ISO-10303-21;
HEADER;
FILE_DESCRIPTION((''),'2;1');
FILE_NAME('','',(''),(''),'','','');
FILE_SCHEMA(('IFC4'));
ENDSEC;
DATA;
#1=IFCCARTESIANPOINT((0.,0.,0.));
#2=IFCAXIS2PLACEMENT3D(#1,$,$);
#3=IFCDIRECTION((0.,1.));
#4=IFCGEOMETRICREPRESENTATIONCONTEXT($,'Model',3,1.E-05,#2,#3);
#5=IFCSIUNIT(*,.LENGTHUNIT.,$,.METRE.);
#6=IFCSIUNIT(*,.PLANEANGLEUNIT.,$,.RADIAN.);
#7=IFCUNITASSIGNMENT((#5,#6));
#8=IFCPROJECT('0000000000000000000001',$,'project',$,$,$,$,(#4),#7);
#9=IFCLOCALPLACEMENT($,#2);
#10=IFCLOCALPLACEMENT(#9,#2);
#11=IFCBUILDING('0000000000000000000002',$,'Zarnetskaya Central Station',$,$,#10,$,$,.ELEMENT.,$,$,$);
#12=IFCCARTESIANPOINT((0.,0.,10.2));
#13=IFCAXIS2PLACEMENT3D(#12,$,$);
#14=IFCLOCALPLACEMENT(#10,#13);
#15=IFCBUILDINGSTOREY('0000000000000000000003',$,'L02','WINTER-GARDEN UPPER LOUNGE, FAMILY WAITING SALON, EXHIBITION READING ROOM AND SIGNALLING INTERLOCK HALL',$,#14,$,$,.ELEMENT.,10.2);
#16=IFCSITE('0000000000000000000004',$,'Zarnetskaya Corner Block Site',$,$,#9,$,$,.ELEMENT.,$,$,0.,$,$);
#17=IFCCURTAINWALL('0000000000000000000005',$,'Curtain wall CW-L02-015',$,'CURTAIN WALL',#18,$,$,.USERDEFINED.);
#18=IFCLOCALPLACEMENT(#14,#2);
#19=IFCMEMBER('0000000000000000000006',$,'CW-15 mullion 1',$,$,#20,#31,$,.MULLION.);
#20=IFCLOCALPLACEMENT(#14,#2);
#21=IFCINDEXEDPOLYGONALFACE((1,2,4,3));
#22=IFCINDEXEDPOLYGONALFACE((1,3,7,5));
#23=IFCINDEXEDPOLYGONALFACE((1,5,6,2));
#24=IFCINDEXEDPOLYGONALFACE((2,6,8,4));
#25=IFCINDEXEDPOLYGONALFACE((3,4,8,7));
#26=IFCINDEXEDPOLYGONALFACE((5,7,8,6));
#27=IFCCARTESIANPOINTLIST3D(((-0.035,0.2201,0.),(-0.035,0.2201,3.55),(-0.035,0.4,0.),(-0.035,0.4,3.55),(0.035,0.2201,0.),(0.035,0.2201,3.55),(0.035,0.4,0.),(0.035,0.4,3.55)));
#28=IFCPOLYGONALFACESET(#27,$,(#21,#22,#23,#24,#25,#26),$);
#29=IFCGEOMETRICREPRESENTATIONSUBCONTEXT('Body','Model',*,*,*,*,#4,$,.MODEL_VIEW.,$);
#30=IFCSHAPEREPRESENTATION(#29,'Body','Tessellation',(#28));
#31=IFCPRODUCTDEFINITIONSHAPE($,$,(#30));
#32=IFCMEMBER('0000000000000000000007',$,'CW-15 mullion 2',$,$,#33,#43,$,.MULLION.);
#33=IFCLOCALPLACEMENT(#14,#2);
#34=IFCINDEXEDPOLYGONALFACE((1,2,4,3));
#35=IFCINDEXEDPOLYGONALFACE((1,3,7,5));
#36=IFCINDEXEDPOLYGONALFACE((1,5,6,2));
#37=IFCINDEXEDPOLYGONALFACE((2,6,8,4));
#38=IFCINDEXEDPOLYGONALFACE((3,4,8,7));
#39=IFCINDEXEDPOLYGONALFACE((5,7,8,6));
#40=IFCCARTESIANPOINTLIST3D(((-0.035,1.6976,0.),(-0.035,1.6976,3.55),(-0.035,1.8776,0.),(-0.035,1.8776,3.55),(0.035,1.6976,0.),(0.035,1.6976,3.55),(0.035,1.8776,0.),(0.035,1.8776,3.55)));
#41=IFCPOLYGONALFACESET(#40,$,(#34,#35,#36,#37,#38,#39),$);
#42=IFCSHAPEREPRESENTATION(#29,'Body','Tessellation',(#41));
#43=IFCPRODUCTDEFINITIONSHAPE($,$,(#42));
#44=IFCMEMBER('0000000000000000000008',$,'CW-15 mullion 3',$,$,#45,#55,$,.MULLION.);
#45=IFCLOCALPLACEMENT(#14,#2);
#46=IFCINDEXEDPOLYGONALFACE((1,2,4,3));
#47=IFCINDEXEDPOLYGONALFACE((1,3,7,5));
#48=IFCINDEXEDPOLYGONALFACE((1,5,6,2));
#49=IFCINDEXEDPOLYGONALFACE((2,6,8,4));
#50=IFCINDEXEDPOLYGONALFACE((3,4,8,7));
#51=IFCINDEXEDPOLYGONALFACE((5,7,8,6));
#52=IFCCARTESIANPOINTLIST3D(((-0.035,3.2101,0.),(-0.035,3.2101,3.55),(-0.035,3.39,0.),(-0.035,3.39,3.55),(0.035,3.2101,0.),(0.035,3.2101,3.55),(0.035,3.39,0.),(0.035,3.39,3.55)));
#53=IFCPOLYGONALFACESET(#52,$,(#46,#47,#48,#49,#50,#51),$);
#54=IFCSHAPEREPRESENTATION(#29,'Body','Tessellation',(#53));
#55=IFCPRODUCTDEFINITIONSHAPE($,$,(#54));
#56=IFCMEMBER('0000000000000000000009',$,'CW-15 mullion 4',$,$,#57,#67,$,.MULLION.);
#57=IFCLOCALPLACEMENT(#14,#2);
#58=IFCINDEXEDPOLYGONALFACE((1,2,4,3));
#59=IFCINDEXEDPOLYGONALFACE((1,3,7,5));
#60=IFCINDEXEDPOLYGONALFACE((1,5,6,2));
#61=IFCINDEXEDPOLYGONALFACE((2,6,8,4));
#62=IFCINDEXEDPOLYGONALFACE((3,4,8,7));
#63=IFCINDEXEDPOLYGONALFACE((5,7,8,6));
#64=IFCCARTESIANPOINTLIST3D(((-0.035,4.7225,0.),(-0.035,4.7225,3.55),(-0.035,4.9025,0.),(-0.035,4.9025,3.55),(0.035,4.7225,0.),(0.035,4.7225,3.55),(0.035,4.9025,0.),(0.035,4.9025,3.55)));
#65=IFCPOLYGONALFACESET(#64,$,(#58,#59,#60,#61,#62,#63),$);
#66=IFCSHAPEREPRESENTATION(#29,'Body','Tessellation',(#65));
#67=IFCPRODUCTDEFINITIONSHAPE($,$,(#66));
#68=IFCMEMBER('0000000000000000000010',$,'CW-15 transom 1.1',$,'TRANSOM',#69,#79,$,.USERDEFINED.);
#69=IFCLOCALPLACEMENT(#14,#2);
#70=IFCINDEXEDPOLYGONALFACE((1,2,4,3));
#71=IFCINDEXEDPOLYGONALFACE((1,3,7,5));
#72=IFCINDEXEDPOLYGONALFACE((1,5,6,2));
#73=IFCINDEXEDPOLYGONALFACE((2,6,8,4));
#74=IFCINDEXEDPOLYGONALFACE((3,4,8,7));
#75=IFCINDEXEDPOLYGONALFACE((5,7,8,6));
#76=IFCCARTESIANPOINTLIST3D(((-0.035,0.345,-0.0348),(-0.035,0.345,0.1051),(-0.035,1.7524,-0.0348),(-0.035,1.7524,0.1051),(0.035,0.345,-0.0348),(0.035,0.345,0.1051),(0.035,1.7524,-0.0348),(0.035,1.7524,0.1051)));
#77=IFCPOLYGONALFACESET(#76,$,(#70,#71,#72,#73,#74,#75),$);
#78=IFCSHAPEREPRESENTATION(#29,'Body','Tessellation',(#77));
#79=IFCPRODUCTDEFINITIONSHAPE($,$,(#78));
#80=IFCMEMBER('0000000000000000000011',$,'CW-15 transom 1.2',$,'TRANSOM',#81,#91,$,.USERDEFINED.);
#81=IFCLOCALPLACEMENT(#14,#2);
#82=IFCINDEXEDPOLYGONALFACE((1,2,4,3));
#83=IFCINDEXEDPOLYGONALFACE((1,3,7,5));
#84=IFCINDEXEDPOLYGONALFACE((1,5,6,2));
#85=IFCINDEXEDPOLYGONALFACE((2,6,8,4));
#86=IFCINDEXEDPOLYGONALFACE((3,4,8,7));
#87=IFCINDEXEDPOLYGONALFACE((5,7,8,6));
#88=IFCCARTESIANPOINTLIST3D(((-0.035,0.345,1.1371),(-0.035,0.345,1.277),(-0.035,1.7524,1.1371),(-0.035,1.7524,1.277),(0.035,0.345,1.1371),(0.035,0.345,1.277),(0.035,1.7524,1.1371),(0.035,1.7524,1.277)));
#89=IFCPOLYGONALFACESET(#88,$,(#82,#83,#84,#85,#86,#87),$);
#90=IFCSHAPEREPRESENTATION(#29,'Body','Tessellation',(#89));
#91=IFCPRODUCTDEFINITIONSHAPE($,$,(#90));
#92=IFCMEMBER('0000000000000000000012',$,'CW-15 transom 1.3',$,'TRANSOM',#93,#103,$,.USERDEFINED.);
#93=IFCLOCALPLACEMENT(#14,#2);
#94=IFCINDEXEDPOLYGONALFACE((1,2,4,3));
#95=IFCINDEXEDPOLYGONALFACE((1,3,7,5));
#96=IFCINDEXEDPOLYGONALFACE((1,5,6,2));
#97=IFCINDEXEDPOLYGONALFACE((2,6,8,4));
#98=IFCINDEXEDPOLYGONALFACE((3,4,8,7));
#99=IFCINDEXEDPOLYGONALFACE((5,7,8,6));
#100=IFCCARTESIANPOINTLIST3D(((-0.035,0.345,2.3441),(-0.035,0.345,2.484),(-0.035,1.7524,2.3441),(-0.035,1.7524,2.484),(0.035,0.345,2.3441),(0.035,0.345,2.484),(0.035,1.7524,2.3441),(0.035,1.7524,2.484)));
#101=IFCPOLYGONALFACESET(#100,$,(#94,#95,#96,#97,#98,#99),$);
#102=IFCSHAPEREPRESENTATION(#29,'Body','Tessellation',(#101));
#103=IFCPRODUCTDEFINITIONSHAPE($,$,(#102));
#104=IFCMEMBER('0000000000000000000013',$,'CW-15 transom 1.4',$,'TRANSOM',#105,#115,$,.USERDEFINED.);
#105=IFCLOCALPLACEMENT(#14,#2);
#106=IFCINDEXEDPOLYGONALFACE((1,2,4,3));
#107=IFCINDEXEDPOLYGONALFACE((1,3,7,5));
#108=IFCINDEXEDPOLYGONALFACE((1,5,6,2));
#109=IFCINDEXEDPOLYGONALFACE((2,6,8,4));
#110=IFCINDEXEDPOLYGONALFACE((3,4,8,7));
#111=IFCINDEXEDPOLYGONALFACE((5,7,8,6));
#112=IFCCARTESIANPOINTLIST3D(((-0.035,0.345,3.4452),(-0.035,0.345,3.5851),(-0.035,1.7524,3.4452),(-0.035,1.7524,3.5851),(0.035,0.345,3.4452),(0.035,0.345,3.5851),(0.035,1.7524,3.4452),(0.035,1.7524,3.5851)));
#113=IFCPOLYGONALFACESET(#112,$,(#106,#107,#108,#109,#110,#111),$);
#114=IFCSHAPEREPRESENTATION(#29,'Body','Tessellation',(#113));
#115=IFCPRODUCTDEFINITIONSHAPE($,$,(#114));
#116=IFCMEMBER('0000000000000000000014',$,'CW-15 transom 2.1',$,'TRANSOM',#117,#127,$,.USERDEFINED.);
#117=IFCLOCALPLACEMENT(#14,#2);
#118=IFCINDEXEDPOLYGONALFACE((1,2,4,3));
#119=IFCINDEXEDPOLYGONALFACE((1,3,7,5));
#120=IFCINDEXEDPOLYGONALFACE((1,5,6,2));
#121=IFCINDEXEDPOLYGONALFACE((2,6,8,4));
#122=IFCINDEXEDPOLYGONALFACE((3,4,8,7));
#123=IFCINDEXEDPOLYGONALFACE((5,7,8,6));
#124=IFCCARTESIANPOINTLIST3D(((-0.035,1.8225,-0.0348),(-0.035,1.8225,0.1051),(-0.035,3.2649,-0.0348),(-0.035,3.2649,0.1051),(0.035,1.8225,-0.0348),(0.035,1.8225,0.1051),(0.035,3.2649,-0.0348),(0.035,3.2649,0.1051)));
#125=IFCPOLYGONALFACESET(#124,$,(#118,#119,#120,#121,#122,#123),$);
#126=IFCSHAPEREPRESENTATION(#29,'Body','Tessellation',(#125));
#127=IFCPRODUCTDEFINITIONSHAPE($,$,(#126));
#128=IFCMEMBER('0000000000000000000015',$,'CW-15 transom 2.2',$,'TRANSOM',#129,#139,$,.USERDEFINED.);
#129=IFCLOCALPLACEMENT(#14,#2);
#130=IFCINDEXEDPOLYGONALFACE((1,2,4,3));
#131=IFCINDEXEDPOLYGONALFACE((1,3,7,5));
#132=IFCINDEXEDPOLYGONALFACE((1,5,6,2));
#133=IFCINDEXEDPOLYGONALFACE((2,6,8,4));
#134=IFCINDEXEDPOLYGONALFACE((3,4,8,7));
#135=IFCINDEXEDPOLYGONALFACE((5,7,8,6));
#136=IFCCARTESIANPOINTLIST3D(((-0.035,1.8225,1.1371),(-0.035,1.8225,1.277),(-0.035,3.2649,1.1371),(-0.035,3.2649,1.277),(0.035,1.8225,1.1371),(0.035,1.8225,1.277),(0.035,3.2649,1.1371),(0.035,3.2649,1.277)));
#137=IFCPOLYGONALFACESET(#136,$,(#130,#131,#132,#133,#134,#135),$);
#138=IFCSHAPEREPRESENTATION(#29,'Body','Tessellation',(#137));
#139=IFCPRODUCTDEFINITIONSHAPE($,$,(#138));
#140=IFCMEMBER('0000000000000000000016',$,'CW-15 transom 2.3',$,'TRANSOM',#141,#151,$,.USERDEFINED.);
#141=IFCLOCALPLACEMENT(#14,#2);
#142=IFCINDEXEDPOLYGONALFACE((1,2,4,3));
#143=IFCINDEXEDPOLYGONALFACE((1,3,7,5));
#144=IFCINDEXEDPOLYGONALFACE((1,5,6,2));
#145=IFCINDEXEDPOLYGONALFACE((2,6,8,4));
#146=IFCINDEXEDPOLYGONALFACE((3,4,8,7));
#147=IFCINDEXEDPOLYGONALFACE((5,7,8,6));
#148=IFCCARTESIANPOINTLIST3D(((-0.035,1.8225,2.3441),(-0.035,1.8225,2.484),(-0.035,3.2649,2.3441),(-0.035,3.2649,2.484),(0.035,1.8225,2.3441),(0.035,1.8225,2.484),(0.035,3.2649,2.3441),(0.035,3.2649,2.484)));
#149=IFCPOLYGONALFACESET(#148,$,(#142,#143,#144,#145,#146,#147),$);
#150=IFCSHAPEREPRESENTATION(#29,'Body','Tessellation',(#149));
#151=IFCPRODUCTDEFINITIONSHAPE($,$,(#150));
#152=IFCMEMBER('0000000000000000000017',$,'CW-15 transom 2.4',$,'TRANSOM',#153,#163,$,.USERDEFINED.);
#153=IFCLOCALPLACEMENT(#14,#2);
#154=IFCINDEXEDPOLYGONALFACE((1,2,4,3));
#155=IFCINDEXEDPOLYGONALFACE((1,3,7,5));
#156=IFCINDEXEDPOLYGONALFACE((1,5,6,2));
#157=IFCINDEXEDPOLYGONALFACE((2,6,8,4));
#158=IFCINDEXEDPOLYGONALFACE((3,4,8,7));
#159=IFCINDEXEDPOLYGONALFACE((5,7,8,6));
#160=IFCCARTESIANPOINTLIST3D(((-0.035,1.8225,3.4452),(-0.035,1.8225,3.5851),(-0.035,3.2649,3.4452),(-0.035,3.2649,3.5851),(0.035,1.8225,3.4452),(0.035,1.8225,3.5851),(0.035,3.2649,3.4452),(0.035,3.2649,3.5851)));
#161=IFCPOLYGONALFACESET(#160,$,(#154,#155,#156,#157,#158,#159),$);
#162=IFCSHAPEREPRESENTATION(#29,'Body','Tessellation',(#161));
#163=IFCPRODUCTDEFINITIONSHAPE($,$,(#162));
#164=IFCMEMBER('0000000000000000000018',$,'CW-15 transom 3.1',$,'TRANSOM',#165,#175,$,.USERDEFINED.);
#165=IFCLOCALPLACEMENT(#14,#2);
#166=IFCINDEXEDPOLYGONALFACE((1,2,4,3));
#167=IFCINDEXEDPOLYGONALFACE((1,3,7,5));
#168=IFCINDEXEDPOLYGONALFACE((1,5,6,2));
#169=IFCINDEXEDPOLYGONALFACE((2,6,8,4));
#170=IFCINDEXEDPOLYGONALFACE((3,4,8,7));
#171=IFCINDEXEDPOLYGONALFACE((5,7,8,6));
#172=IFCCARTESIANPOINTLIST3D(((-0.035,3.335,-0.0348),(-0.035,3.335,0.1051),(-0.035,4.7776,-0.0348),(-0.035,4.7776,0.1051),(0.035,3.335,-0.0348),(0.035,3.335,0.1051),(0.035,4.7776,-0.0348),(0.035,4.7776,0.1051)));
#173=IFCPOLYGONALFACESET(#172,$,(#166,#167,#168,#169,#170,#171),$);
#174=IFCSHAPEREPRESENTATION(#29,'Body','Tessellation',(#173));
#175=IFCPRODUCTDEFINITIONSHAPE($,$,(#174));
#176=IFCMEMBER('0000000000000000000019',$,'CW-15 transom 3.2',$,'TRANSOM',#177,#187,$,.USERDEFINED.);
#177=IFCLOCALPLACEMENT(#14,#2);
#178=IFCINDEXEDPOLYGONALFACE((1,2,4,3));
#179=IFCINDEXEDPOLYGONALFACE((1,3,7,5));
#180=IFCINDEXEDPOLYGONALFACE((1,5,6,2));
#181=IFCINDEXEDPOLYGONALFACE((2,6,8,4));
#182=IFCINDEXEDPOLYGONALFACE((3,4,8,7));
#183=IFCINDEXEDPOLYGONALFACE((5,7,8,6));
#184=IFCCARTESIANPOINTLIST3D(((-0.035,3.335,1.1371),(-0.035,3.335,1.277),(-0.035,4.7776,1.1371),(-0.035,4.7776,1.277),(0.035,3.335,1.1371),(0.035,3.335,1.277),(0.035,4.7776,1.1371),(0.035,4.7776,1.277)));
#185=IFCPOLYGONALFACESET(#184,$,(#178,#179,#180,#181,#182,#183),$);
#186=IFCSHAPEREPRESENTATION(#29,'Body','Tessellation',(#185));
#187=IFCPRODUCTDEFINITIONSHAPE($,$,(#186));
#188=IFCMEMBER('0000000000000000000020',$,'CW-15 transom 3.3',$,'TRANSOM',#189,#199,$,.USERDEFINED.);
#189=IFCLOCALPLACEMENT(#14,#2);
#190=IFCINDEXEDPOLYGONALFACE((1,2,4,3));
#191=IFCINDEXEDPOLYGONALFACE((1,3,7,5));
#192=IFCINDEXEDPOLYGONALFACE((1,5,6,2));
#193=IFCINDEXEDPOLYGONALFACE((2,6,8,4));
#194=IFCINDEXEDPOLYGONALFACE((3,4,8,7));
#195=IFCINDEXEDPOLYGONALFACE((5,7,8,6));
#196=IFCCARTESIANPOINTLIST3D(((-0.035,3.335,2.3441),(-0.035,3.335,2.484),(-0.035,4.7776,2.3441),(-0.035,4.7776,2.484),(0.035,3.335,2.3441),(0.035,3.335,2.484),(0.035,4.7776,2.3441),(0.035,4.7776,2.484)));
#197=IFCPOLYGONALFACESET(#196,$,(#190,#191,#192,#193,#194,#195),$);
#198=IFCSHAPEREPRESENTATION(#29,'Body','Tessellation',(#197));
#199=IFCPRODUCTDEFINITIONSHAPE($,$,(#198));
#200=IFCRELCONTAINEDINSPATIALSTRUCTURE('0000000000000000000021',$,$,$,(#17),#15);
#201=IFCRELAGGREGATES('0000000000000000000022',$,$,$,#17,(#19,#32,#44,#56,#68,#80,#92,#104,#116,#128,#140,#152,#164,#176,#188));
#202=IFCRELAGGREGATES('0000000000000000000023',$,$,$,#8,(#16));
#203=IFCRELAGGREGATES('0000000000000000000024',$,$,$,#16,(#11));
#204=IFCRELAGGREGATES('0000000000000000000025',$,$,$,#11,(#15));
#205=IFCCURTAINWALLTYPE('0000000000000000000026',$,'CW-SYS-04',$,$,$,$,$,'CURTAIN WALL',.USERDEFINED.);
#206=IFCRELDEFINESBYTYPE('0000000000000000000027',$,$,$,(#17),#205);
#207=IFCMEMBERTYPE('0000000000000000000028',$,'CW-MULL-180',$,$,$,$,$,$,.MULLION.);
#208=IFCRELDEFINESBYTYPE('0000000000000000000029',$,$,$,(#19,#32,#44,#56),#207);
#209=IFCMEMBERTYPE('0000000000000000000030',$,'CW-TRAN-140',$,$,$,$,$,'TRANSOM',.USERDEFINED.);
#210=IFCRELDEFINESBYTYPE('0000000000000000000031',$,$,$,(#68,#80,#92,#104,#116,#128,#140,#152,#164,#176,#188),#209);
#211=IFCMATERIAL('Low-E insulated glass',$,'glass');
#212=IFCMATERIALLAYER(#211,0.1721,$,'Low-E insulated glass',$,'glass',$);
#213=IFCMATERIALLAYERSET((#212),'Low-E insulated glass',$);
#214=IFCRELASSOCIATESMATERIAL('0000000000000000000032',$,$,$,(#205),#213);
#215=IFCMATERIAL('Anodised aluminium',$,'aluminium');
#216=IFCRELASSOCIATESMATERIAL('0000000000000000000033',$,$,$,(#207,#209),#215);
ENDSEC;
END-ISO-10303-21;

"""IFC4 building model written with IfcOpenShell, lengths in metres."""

from ifc_helpers import new_model, si_unit, direction, frame, origin, origin_2d, place, context, subcontext, project, spatial, rectangle, extrude, material, layer, layer_set, material_profile, profile_set, type_object, element, aggregate, save


model = new_model("IFC4")

# Units and contexts
model_context = context("Model", 3, precision=1e-05, world=origin(), true_north=direction((0.0, 1.0)))
body_context = subcontext(model_context, "Body", "Model", "MODEL_VIEW")
ifc_project = project(units=[si_unit("LENGTHUNIT", "METRE"), si_unit("PLANEANGLEUNIT", "RADIAN")], contexts=[model_context])

# Site, building, storey
site_placement = place(None, origin())
site = spatial("IfcSite", under=ifc_project, at=site_placement, Name="Zarnetskaya Corner Block Site", CompositionType="ELEMENT", RefElevation=0.0)
building_placement = place(site_placement, origin())
building = spatial("IfcBuilding", under=site, at=building_placement, Name="Zarnetskaya Central Station", CompositionType="ELEMENT")
storey_placement = place(building_placement, frame((0.0, 0.0, 10.2)))
storey = spatial("IfcBuildingStorey", under=building, at=storey_placement, Name="L02", Description="WINTER-GARDEN UPPER LOUNGE, FAMILY WAITING SALON, EXHIBITION READING ROOM AND SIGNALLING INTERLOCK HALL", CompositionType="ELEMENT", Elevation=10.2)

# Curtain wall, members
ifc_material_1 = material(Name="Low-E insulated glass", Category="glass")
ifc_layer_1 = layer(ifc_material_1, 0.1721, Name="Low-E insulated glass", Category="glass")
ifc_layer_set_1 = layer_set([ifc_layer_1], Name="Low-E insulated glass")
curtain_wall_type = type_object("IfcCurtainWallType", Name="CW-SYS-04", ElementType="CURTAIN WALL", PredefinedType="USERDEFINED", material=ifc_layer_set_1)
curtain_wall_placement = place(storey_placement, origin())
curtain_wall = element("IfcCurtainWall", 1, at=curtain_wall_placement, inside=storey, type_object=curtain_wall_type, Name="Curtain wall CW-L02-015", ObjectType="CURTAIN WALL", PredefinedType="USERDEFINED")
ifc_material_2 = material(Name="Anodised aluminium", Category="aluminium")
ifc_material_profile_1 = material_profile(ifc_material_2, rectangle(XDim=0.0701, YDim=0.1799, at=origin_2d()), Name="ALU MULL 70x180")
ifc_profile_set_1 = profile_set([ifc_material_profile_1], Name="Anodised aluminium")
member_type_1 = type_object("IfcMemberType", Name="CW-MULL-180", PredefinedType="MULLION", material=ifc_profile_set_1)
member_1_placement = place(storey_placement, frame((0.0, 0.3101, 0.0), z_axis=(0.0, 0.0, 1.0), x_axis=(-1.0, 0.0, 0.0)))
member_1 = element("IfcMember", 2, at=member_1_placement, type_object=member_type_1, Name="CW-15 mullion 1", PredefinedType="MULLION", context=body_context, shape_type="SweptSolid", body=[
    extrude(rectangle(XDim=0.0701, YDim=0.1799, at=origin_2d()), origin(), (0.0, 0.0, 1.0), 3.55),
])
member_2_placement = place(storey_placement, frame((0.0, 1.7876, 0.0), z_axis=(0.0, 0.0, 1.0), x_axis=(-1.0, 0.0, 0.0)))
member_2 = element("IfcMember", 3, at=member_2_placement, type_object=member_type_1, Name="CW-15 mullion 2", PredefinedType="MULLION", context=body_context, shape_type="SweptSolid", body=[
    extrude(rectangle(XDim=0.0701, YDim=0.1799, at=origin_2d()), origin(), (0.0, 0.0, 1.0), 3.55),
])
member_3_placement = place(storey_placement, frame((0.0, 3.3, 0.0), z_axis=(0.0, 0.0, 1.0), x_axis=(-1.0, 0.0, 0.0)))
member_3 = element("IfcMember", 4, at=member_3_placement, type_object=member_type_1, Name="CW-15 mullion 3", PredefinedType="MULLION", context=body_context, shape_type="SweptSolid", body=[
    extrude(rectangle(XDim=0.0701, YDim=0.1799, at=origin_2d()), origin(), (0.0, 0.0, 1.0), 3.55),
])
member_4_placement = place(storey_placement, frame((0.0, 4.8125, 0.0), z_axis=(0.0, 0.0, 1.0), x_axis=(-1.0, 0.0, 0.0)))
member_4 = element("IfcMember", 5, at=member_4_placement, type_object=member_type_1, Name="CW-15 mullion 4", PredefinedType="MULLION", context=body_context, shape_type="SweptSolid", body=[
    extrude(rectangle(XDim=0.0701, YDim=0.1799, at=origin_2d()), origin(), (0.0, 0.0, 1.0), 3.55),
])
ifc_material_profile_2 = material_profile(ifc_material_2, rectangle(XDim=0.0701, YDim=0.1399, at=origin_2d()), Name="ALU TRAN 70x140")
ifc_profile_set_2 = profile_set([ifc_material_profile_2], Name="Anodised aluminium")
member_type_2 = type_object("IfcMemberType", Name="CW-TRAN-140", ElementType="TRANSOM", PredefinedType="USERDEFINED", material=ifc_profile_set_2)
member_5_placement = place(storey_placement, frame((0.0, 0.345, 0.0352), z_axis=(0.0, 1.0, 0.0), x_axis=(-1.0, 0.0, 0.0)))
member_5 = element("IfcMember", 6, at=member_5_placement, type_object=member_type_2, Name="CW-15 transom 1.1", ObjectType="TRANSOM", PredefinedType="USERDEFINED", context=body_context, shape_type="SweptSolid", body=[
    extrude(rectangle(XDim=0.0701, YDim=0.1399, at=origin_2d()), origin(), (0.0, 0.0, 1.0), 1.4075),
])
member_6_placement = place(storey_placement, frame((0.0, 0.345, 1.207), z_axis=(0.0, 1.0, 0.0), x_axis=(-1.0, 0.0, 0.0)))
member_6 = element("IfcMember", 7, at=member_6_placement, type_object=member_type_2, Name="CW-15 transom 1.2", ObjectType="TRANSOM", PredefinedType="USERDEFINED", context=body_context, shape_type="SweptSolid", body=[
    extrude(rectangle(XDim=0.0701, YDim=0.1399, at=origin_2d()), origin(), (0.0, 0.0, 1.0), 1.4075),
])
member_7_placement = place(storey_placement, frame((0.0, 0.345, 2.4141), z_axis=(0.0, 1.0, 0.0), x_axis=(-1.0, 0.0, 0.0)))
member_7 = element("IfcMember", 8, at=member_7_placement, type_object=member_type_2, Name="CW-15 transom 1.3", ObjectType="TRANSOM", PredefinedType="USERDEFINED", context=body_context, shape_type="SweptSolid", body=[
    extrude(rectangle(XDim=0.0701, YDim=0.1399, at=origin_2d()), origin(), (0.0, 0.0, 1.0), 1.4075),
])
member_8_placement = place(storey_placement, frame((0.0, 0.345, 3.5151), z_axis=(0.0, 1.0, 0.0), x_axis=(-1.0, 0.0, 0.0)))
member_8 = element("IfcMember", 9, at=member_8_placement, type_object=member_type_2, Name="CW-15 transom 1.4", ObjectType="TRANSOM", PredefinedType="USERDEFINED", context=body_context, shape_type="SweptSolid", body=[
    extrude(rectangle(XDim=0.0701, YDim=0.1399, at=origin_2d()), origin(), (0.0, 0.0, 1.0), 1.4075),
])
member_9_placement = place(storey_placement, frame((0.0, 1.8225, 0.0352), z_axis=(0.0, 1.0, 0.0), x_axis=(-1.0, 0.0, 0.0)))
member_9 = element("IfcMember", 10, at=member_9_placement, type_object=member_type_2, Name="CW-15 transom 2.1", ObjectType="TRANSOM", PredefinedType="USERDEFINED", context=body_context, shape_type="SweptSolid", body=[
    extrude(rectangle(XDim=0.0701, YDim=0.1399, at=origin_2d()), origin(), (0.0, 0.0, 1.0), 1.4424),
])
member_10_placement = place(storey_placement, frame((0.0, 1.8225, 1.207), z_axis=(0.0, 1.0, 0.0), x_axis=(-1.0, 0.0, 0.0)))
member_10 = element("IfcMember", 11, at=member_10_placement, type_object=member_type_2, Name="CW-15 transom 2.2", ObjectType="TRANSOM", PredefinedType="USERDEFINED", context=body_context, shape_type="SweptSolid", body=[
    extrude(rectangle(XDim=0.0701, YDim=0.1399, at=origin_2d()), origin(), (0.0, 0.0, 1.0), 1.4424),
])
member_11_placement = place(storey_placement, frame((0.0, 1.8225, 2.4141), z_axis=(0.0, 1.0, 0.0), x_axis=(-1.0, 0.0, 0.0)))
member_11 = element("IfcMember", 12, at=member_11_placement, type_object=member_type_2, Name="CW-15 transom 2.3", ObjectType="TRANSOM", PredefinedType="USERDEFINED", context=body_context, shape_type="SweptSolid", body=[
    extrude(rectangle(XDim=0.0701, YDim=0.1399, at=origin_2d()), origin(), (0.0, 0.0, 1.0), 1.4424),
])
member_12_placement = place(storey_placement, frame((0.0, 1.8225, 3.5151), z_axis=(0.0, 1.0, 0.0), x_axis=(-1.0, 0.0, 0.0)))
member_12 = element("IfcMember", 13, at=member_12_placement, type_object=member_type_2, Name="CW-15 transom 2.4", ObjectType="TRANSOM", PredefinedType="USERDEFINED", context=body_context, shape_type="SweptSolid", body=[
    extrude(rectangle(XDim=0.0701, YDim=0.1399, at=origin_2d()), origin(), (0.0, 0.0, 1.0), 1.4424),
])
member_13_placement = place(storey_placement, frame((0.0, 3.335, 0.0352), z_axis=(0.0, 1.0, 0.0), x_axis=(-1.0, 0.0, 0.0)))
member_13 = element("IfcMember", 14, at=member_13_placement, type_object=member_type_2, Name="CW-15 transom 3.1", ObjectType="TRANSOM", PredefinedType="USERDEFINED", context=body_context, shape_type="SweptSolid", body=[
    extrude(rectangle(XDim=0.0701, YDim=0.1399, at=origin_2d()), origin(), (0.0, 0.0, 1.0), 1.4426),
])
member_14_placement = place(storey_placement, frame((0.0, 3.335, 1.207), z_axis=(0.0, 1.0, 0.0), x_axis=(-1.0, 0.0, 0.0)))
member_14 = element("IfcMember", 15, at=member_14_placement, type_object=member_type_2, Name="CW-15 transom 3.2", ObjectType="TRANSOM", PredefinedType="USERDEFINED", context=body_context, shape_type="SweptSolid", body=[
    extrude(rectangle(XDim=0.0701, YDim=0.1399, at=origin_2d()), origin(), (0.0, 0.0, 1.0), 1.4426),
])
member_15_placement = place(storey_placement, frame((0.0, 3.335, 2.4141), z_axis=(0.0, 1.0, 0.0), x_axis=(-1.0, 0.0, 0.0)))
member_15 = element("IfcMember", 16, at=member_15_placement, type_object=member_type_2, Name="CW-15 transom 3.3", ObjectType="TRANSOM", PredefinedType="USERDEFINED", context=body_context, shape_type="SweptSolid", body=[
    extrude(rectangle(XDim=0.0701, YDim=0.1399, at=origin_2d()), origin(), (0.0, 0.0, 1.0), 1.4426),
])
aggregate(curtain_wall, [member_1, member_2, member_3, member_4, member_5, member_6, member_7, member_8, member_9, member_10, member_11, member_12, member_13, member_14, member_15])

save(model, "model.ifc")
